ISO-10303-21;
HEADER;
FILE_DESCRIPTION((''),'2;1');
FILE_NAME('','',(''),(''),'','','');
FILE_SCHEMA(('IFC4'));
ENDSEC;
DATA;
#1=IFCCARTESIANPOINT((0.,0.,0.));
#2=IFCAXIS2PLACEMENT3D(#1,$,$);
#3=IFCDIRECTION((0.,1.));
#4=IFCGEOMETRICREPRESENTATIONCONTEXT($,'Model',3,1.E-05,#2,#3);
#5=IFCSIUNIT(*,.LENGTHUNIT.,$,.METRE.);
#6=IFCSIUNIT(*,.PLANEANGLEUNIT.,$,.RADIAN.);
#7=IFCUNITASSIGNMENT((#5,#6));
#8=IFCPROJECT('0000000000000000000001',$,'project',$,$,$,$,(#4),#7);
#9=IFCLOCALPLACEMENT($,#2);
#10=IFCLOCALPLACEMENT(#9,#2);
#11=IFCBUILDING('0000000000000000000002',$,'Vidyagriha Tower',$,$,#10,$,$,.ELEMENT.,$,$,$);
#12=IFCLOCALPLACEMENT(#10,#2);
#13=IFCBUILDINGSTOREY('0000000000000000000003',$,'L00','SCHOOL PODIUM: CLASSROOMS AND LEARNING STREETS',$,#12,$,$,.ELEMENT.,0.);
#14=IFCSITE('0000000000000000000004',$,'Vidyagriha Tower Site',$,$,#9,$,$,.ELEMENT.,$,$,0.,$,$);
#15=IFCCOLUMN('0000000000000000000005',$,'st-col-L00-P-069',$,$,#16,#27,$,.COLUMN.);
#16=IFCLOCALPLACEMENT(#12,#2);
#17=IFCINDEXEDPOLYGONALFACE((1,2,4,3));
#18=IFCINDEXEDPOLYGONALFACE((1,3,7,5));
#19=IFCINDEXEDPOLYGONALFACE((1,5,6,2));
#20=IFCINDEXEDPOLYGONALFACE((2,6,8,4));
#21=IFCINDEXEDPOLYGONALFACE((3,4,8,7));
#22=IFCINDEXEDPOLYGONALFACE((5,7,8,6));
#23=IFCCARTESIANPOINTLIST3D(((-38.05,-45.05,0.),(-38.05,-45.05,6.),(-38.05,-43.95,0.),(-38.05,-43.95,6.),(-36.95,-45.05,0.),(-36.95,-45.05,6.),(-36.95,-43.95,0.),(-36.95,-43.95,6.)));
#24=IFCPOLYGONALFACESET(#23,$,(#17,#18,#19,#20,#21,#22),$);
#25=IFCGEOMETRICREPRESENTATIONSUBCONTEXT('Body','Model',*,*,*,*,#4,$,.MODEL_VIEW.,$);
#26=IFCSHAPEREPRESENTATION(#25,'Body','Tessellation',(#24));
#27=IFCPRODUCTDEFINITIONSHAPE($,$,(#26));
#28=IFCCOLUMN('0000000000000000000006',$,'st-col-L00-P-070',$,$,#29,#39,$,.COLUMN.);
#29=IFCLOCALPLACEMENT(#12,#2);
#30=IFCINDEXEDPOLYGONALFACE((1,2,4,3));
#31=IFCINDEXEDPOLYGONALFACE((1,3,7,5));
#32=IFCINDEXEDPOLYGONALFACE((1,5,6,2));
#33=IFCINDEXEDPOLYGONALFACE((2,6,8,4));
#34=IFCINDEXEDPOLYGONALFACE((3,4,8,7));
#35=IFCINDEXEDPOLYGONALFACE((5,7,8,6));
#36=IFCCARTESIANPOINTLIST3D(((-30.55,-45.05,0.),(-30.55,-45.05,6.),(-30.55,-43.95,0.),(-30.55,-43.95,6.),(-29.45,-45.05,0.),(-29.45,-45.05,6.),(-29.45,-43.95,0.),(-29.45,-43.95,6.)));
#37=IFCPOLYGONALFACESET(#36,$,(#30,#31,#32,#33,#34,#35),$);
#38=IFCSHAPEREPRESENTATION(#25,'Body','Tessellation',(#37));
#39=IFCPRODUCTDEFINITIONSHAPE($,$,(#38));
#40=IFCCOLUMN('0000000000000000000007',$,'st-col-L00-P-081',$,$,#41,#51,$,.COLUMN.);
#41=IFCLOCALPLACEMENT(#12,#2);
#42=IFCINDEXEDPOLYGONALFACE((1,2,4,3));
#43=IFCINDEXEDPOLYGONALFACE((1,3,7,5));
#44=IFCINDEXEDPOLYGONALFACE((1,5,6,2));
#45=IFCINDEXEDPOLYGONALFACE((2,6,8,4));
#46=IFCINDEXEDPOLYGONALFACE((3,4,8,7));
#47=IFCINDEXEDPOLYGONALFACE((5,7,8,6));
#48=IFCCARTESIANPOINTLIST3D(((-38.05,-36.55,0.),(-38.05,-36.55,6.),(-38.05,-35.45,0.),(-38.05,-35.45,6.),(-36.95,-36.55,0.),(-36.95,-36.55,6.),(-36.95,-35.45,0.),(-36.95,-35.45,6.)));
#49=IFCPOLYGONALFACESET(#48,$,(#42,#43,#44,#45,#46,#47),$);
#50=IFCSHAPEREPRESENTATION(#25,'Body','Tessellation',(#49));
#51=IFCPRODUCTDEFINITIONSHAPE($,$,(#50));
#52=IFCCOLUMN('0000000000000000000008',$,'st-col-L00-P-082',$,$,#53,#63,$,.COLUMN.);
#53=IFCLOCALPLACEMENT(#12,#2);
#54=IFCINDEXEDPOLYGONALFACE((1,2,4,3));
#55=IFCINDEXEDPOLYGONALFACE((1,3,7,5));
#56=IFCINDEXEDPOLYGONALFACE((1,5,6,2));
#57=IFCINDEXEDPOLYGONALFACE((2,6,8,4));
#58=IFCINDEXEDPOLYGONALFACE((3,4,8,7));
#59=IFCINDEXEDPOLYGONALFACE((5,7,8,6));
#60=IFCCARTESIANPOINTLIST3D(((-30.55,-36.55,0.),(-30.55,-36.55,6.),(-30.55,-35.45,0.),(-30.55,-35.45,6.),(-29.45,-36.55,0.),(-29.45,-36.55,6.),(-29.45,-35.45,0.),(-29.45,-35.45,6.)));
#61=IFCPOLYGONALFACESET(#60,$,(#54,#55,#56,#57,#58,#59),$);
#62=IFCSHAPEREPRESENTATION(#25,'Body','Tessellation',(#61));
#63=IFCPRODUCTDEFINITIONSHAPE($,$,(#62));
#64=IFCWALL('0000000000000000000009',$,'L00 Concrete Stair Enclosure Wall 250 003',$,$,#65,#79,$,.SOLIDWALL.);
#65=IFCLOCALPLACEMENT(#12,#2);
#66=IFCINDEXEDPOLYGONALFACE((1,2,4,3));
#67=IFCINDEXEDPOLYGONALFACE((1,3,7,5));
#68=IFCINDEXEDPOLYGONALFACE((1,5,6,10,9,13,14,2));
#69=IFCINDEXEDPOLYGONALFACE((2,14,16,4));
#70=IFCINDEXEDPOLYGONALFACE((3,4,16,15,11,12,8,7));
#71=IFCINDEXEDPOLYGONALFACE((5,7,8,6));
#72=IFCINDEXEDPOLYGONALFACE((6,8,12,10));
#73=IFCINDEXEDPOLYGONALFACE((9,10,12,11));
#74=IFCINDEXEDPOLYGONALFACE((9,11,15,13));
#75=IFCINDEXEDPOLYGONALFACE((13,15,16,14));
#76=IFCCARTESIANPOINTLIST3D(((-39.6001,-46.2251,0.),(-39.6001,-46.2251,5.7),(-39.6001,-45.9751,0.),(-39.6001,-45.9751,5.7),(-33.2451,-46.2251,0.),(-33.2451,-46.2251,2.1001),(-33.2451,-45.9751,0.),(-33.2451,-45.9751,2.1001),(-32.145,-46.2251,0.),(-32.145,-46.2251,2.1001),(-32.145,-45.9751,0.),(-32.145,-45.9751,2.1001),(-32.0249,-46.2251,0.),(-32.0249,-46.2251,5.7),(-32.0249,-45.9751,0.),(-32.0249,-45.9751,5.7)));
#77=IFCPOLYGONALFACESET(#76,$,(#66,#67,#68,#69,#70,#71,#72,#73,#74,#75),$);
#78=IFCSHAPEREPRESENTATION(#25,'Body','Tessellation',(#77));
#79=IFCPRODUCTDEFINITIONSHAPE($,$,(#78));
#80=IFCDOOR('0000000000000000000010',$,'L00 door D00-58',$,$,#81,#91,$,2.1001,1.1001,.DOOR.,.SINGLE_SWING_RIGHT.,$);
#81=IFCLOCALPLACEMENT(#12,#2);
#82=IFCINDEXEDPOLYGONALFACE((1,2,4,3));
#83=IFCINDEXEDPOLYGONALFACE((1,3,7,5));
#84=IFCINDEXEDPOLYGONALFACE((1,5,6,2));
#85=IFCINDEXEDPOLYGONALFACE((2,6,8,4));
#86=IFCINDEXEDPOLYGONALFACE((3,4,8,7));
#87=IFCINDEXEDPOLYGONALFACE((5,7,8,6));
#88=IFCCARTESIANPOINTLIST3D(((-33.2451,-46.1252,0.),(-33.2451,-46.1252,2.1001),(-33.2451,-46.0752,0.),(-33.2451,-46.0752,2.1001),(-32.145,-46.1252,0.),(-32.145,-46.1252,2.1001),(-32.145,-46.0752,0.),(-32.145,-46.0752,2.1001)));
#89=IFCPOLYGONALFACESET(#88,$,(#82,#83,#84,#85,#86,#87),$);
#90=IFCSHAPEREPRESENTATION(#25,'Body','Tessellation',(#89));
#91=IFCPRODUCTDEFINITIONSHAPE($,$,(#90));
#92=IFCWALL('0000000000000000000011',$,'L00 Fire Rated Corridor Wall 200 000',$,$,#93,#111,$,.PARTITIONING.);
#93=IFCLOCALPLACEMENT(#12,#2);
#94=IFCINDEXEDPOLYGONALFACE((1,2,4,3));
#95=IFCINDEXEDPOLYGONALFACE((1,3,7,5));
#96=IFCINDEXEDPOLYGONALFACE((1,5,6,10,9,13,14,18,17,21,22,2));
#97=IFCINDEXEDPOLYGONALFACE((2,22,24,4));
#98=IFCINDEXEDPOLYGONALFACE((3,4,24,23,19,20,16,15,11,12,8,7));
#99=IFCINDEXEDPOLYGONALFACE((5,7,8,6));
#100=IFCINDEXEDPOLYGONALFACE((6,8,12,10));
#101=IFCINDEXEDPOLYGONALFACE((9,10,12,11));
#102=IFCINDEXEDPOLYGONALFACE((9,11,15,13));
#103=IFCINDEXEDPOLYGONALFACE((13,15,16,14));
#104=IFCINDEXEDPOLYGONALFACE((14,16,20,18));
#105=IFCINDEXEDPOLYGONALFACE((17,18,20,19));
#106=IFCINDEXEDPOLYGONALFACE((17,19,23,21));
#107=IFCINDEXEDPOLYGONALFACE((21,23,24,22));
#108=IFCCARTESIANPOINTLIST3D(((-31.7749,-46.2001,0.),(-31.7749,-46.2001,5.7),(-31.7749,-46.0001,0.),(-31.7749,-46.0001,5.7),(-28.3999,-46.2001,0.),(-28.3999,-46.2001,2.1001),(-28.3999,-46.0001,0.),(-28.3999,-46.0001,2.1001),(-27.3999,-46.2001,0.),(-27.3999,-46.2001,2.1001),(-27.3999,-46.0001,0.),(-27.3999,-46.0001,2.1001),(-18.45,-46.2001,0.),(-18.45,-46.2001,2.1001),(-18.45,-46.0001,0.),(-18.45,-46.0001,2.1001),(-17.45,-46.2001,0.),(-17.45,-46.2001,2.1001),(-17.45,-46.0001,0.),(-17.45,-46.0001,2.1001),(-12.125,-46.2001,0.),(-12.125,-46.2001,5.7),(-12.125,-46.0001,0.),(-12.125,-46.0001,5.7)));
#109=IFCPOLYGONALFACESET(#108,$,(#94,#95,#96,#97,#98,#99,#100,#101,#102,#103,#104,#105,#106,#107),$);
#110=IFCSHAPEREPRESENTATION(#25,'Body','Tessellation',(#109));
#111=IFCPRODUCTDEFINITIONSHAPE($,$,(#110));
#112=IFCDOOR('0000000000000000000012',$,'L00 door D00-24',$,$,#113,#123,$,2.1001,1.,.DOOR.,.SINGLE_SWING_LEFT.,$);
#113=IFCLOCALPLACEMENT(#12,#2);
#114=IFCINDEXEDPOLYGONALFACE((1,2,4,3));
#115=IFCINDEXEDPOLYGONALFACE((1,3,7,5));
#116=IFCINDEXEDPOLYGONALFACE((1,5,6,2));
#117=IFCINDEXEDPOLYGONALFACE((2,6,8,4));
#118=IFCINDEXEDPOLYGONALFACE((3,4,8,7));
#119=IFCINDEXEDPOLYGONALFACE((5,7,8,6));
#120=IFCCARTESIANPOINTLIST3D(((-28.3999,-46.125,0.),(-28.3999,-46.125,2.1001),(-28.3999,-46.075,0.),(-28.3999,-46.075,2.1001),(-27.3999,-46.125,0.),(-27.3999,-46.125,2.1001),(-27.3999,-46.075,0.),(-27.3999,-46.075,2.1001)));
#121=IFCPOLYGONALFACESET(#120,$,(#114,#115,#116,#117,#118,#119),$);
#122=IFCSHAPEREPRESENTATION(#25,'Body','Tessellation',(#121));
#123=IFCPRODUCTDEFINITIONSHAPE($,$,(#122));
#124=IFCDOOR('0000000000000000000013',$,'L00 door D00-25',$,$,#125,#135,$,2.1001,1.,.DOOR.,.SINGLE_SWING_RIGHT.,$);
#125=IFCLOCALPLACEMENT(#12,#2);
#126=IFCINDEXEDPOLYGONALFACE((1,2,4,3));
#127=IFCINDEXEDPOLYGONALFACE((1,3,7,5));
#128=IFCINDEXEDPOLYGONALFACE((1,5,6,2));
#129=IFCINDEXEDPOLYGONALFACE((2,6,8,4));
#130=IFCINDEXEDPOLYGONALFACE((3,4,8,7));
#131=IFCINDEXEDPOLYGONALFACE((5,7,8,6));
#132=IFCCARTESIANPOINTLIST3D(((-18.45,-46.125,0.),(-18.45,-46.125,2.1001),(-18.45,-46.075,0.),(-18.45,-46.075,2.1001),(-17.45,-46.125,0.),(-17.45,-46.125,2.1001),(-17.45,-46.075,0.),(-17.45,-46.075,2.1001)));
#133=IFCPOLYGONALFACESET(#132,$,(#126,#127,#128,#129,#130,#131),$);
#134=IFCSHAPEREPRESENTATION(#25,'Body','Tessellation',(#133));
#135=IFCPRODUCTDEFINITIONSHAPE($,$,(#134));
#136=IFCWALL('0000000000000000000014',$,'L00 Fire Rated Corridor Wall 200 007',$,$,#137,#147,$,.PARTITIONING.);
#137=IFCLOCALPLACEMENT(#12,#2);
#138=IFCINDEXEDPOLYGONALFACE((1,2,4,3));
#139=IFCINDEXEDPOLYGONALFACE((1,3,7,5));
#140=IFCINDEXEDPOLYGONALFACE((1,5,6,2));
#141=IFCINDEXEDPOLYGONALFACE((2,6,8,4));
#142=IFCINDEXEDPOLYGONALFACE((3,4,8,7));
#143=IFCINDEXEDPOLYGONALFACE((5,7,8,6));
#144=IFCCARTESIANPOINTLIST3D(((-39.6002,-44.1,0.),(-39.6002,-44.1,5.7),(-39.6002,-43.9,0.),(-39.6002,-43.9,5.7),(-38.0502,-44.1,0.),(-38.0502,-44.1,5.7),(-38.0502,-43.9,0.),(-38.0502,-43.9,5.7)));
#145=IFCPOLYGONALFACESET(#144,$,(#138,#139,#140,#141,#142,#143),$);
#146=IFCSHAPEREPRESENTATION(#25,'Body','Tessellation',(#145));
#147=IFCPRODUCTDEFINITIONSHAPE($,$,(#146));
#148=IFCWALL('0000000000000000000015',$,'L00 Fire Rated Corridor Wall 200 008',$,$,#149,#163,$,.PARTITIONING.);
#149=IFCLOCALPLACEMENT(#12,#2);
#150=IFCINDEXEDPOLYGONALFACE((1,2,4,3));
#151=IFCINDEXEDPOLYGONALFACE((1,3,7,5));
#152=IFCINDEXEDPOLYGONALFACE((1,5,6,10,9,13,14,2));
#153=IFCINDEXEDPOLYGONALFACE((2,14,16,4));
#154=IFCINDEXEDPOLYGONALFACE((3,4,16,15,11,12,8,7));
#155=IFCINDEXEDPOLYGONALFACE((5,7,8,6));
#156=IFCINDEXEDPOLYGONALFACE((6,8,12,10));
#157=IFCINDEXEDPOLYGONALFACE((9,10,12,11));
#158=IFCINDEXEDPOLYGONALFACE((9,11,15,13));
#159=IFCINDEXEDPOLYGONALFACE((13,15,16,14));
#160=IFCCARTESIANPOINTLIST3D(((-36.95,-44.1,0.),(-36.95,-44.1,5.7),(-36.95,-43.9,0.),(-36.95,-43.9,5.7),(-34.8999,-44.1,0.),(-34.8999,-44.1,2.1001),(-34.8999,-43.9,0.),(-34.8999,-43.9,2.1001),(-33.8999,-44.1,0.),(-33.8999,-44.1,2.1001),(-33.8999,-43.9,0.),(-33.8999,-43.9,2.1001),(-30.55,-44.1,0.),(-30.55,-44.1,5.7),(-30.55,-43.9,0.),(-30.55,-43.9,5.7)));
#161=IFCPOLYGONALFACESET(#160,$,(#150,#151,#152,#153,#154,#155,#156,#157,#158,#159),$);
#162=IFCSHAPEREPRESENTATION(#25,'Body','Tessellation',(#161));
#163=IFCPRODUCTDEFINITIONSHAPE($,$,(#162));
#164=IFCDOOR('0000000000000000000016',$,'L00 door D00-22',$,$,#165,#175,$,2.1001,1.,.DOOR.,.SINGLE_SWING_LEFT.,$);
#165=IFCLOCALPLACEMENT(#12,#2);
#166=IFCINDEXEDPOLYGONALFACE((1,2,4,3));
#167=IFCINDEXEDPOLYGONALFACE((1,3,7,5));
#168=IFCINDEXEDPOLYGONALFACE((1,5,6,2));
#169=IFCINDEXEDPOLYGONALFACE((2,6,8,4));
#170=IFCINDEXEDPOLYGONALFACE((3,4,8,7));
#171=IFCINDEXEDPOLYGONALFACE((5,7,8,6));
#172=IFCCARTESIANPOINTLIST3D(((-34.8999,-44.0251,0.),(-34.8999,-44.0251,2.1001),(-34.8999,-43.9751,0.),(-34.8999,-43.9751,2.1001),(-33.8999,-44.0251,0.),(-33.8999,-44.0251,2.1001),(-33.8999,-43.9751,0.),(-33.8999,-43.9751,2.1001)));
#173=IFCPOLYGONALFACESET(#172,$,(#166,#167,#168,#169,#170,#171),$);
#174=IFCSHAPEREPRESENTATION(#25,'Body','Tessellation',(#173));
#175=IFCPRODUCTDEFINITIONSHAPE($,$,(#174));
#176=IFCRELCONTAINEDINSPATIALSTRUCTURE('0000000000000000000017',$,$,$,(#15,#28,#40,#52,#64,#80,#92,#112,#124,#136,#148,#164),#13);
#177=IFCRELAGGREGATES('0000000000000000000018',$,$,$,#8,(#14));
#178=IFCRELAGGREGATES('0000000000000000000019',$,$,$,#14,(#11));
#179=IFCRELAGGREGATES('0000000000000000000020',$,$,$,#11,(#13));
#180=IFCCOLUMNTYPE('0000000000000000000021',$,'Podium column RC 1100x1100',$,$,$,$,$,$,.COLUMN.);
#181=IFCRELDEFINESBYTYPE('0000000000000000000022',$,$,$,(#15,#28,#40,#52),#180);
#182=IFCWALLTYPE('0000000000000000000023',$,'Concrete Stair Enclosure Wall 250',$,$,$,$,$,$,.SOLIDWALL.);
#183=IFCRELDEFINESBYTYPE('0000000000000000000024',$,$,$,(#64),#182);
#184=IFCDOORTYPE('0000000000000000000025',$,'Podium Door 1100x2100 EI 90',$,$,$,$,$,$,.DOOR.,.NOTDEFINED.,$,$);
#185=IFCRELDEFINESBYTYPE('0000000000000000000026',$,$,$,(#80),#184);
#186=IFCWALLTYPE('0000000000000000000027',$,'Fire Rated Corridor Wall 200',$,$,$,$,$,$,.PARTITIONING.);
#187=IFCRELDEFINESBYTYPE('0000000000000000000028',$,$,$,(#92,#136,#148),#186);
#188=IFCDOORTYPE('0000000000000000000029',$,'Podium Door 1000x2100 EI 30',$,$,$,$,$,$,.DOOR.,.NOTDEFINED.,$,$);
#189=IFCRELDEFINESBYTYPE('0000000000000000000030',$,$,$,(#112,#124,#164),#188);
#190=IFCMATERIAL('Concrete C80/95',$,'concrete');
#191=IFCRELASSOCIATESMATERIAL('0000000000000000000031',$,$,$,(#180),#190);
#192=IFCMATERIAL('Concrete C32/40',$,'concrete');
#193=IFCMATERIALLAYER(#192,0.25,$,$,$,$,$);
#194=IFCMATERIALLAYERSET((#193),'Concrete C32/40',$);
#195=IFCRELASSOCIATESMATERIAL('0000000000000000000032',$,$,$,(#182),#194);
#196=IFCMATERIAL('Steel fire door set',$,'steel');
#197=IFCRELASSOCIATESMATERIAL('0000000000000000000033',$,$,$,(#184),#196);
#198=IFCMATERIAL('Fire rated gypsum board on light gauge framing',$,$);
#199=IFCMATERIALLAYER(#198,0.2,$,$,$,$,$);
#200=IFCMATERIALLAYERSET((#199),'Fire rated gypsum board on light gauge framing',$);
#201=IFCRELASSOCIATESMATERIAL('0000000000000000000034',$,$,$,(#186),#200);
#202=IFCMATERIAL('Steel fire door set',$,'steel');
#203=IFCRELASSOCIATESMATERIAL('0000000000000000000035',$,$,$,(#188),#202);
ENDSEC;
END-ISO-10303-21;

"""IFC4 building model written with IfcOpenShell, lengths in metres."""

from ifc_helpers import new_model, si_unit, direction, frame, frame_2d, origin, origin_2d, place, context, subcontext, project, spatial, rectangle, extrude, material, layer, layer_set, material_profile, profile_set, type_object, element, fill, save


model = new_model("IFC4")

# Units and contexts
model_context = context("Model", 3, precision=1e-05, world=origin(), true_north=direction((0.0, 1.0)))
body_context = subcontext(model_context, "Body", "Model", "MODEL_VIEW")
ifc_project = project(units=[si_unit("LENGTHUNIT", "METRE"), si_unit("PLANEANGLEUNIT", "RADIAN")], contexts=[model_context])

# Site, building, storey
site_placement = place(None, origin())
site = spatial("IfcSite", under=ifc_project, at=site_placement, Name="Vidyagriha Tower Site", CompositionType="ELEMENT", RefElevation=0.0)
building_placement = place(site_placement, origin())
building = spatial("IfcBuilding", under=site, at=building_placement, Name="Vidyagriha Tower", CompositionType="ELEMENT")
storey_placement = place(building_placement, origin())
storey = spatial("IfcBuildingStorey", under=building, at=storey_placement, Name="L00", Description="SCHOOL PODIUM: CLASSROOMS AND LEARNING STREETS", CompositionType="ELEMENT", Elevation=0.0)

# Columns
ifc_material_1 = material(Name="Concrete C80/95", Category="concrete")
ifc_material_profile = material_profile(ifc_material_1, rectangle(XDim=1.1001, YDim=1.1001, at=origin_2d()), Name="RC 1100x1100")
ifc_profile_set = profile_set([ifc_material_profile], Name="Concrete C80/95")
column_type = type_object("IfcColumnType", Name="Podium column RC 1100x1100", PredefinedType="COLUMN", material=ifc_profile_set)
for number, where, name in (
    (1, (-37.5, -44.5, 0.0), "st-col-L00-P-069"),
    (2, (-30.0, -44.5, 0.0), "st-col-L00-P-070"),
    (3, (-37.5, -36.0, 0.0), "st-col-L00-P-081"),
    (4, (-30.0, -36.0, 0.0), "st-col-L00-P-082"),
):
    element("IfcColumn", number, at=place(storey_placement, frame(where)), inside=storey, type_object=column_type, Name=name, PredefinedType="COLUMN", context=body_context, shape_type="SweptSolid", body=[
        extrude(rectangle(XDim=1.1001, YDim=1.1001, at=origin_2d()), origin(), (0.0, 0.0, 1.0), 6.0),
    ])

# Wall, opening, door
ifc_material_2 = material(Name="Concrete C32/40", Category="concrete")
ifc_layer_1 = layer(ifc_material_2, 0.25)
ifc_layer_set_1 = layer_set([ifc_layer_1], Name="Concrete C32/40")
wall_type_1 = type_object("IfcWallType", Name="Concrete Stair Enclosure Wall 250", PredefinedType="SOLIDWALL", material=ifc_layer_set_1)
wall_1_placement = place(storey_placement, frame((-39.6001, -46.1001, 0.0)))
wall_1 = element("IfcWall", 5, at=wall_1_placement, inside=storey, type_object=wall_type_1, Name="L00 Concrete Stair Enclosure Wall 250 003", PredefinedType="SOLIDWALL", context=body_context, shape_type="SweptSolid", body=[
    extrude(rectangle(XDim=7.5752, YDim=0.25, at=frame_2d((3.7876, 0.0))), origin(), (0.0, 0.0, 1.0), 5.7),
])
opening_1_placement = place(wall_1_placement, frame((6.355, 0.0, 0.0)))
opening_1 = element("IfcOpeningElement", 6, at=opening_1_placement, cuts=wall_1, PredefinedType="OPENING", context=body_context, shape_type="SweptSolid", body=[
    extrude(rectangle(XDim=1.1001, YDim=2.1001, at=frame_2d((0.55, 1.05))), frame((0.0, 0.135, 0.0), z_axis=(0.0, -1.0, 0.0), x_axis=(1.0, 0.0, 0.0)), (0.0, 0.0, 1.0), 0.27),
])
ifc_material_3 = material(Name="Steel fire door set", Category="steel")
door_type_1 = type_object("IfcDoorType", Name="Podium Door 1100x2100 EI 90", OperationType="NOTDEFINED", PredefinedType="DOOR", material=ifc_material_3)
door_1_placement = place(opening_1_placement, origin())
door_1 = element("IfcDoor", 7, at=door_1_placement, inside=storey, type_object=door_type_1, Name="L00 door D00-58", OperationType="SINGLE_SWING_RIGHT", OverallHeight=2.1001, OverallWidth=1.1001, PredefinedType="DOOR", context=body_context, shape_type="SweptSolid", body=[
    extrude(rectangle(XDim=1.1001, YDim=2.1001, at=frame_2d((0.55, 1.05))), frame((0.0, 0.0249, 0.0), z_axis=(0.0, -1.0, 0.0), x_axis=(1.0, 0.0, 0.0)), (0.0, 0.0, 1.0), 0.05),
])
fill(opening_1, door_1)

# Wall, openings, doors
ifc_material_4 = material(Name="Fire rated gypsum board on light gauge framing")
ifc_layer_2 = layer(ifc_material_4, 0.2)
ifc_layer_set_2 = layer_set([ifc_layer_2], Name="Fire rated gypsum board on light gauge framing")
wall_type_2 = type_object("IfcWallType", Name="Fire Rated Corridor Wall 200", PredefinedType="PARTITIONING", material=ifc_layer_set_2)
wall_2_placement = place(storey_placement, frame((-31.7749, -46.1001, 0.0)))
wall_2 = element("IfcWall", 8, at=wall_2_placement, inside=storey, type_object=wall_type_2, Name="L00 Fire Rated Corridor Wall 200 000", PredefinedType="PARTITIONING", context=body_context, shape_type="SweptSolid", body=[
    extrude(rectangle(XDim=19.6499, YDim=0.2, at=frame_2d((9.825, 0.0))), origin(), (0.0, 0.0, 1.0), 5.7),
])
opening_2_placement = place(wall_2_placement, frame((3.375, 0.0, 0.0)))
opening_2 = element("IfcOpeningElement", 9, at=opening_2_placement, cuts=wall_2, PredefinedType="OPENING", context=body_context, shape_type="SweptSolid", body=[
    extrude(rectangle(XDim=1.0, YDim=2.1001, at=frame_2d((0.5, 1.05))), frame((0.0, 0.1099, 0.0), z_axis=(0.0, -1.0, 0.0), x_axis=(1.0, 0.0, 0.0)), (0.0, 0.0, 1.0), 0.22),
])
opening_3_placement = place(wall_2_placement, frame((13.325, 0.0, 0.0)))
opening_3 = element("IfcOpeningElement", 10, at=opening_3_placement, cuts=wall_2, PredefinedType="OPENING", context=body_context, shape_type="SweptSolid", body=[
    extrude(rectangle(XDim=1.0, YDim=2.1001, at=frame_2d((0.5, 1.05))), frame((0.0, 0.1099, 0.0), z_axis=(0.0, -1.0, 0.0), x_axis=(1.0, 0.0, 0.0)), (0.0, 0.0, 1.0), 0.22),
])
ifc_material_5 = material(Name="Steel fire door set", Category="steel")
door_type_2 = type_object("IfcDoorType", Name="Podium Door 1000x2100 EI 30", OperationType="NOTDEFINED", PredefinedType="DOOR", material=ifc_material_5)
door_2_placement = place(opening_2_placement, frame((1.0, 0.0, 0.0), z_axis=(0.0, 0.0, 1.0), x_axis=(-1.0, 0.0, 0.0)))
door_2 = element("IfcDoor", 11, at=door_2_placement, inside=storey, type_object=door_type_2, Name="L00 door D00-24", OperationType="SINGLE_SWING_LEFT", OverallHeight=2.1001, OverallWidth=1.0, PredefinedType="DOOR", context=body_context, shape_type="SweptSolid", body=[
    extrude(rectangle(XDim=1.0, YDim=2.1001, at=frame_2d((0.5, 1.05))), frame((0.0, 0.0249, 0.0), z_axis=(0.0, -1.0, 0.0), x_axis=(1.0, 0.0, 0.0)), (0.0, 0.0, 1.0), 0.05),
])
fill(opening_2, door_2)
door_3_placement = place(opening_3_placement, frame((1.0, 0.0, 0.0), z_axis=(0.0, 0.0, 1.0), x_axis=(-1.0, 0.0, 0.0)))
door_3 = element("IfcDoor", 12, at=door_3_placement, inside=storey, type_object=door_type_2, Name="L00 door D00-25", OperationType="SINGLE_SWING_RIGHT", OverallHeight=2.1001, OverallWidth=1.0, PredefinedType="DOOR", context=body_context, shape_type="SweptSolid", body=[
    extrude(rectangle(XDim=1.0, YDim=2.1001, at=frame_2d((0.5, 1.05))), frame((0.0, 0.0249, 0.0), z_axis=(0.0, -1.0, 0.0), x_axis=(1.0, 0.0, 0.0)), (0.0, 0.0, 1.0), 0.05),
])
fill(opening_3, door_3)

# Wall
wall_3_placement = place(storey_placement, frame((-39.6001, -44.0, 0.0)))
element("IfcWall", 13, at=wall_3_placement, inside=storey, type_object=wall_type_2, Name="L00 Fire Rated Corridor Wall 200 007", PredefinedType="PARTITIONING", context=body_context, shape_type="SweptSolid", body=[
    extrude(rectangle(XDim=1.55, YDim=0.2, at=frame_2d((0.7749, 0.0))), origin(), (0.0, 0.0, 1.0), 5.7),
])

# Wall, opening, door
wall_4_placement = place(storey_placement, frame((-36.95, -44.0, 0.0)))
wall_4 = element("IfcWall", 14, at=wall_4_placement, inside=storey, type_object=wall_type_2, Name="L00 Fire Rated Corridor Wall 200 008", PredefinedType="PARTITIONING", context=body_context, shape_type="SweptSolid", body=[
    extrude(rectangle(XDim=6.3999, YDim=0.2, at=frame_2d((3.2, 0.0))), origin(), (0.0, 0.0, 1.0), 5.7),
])
opening_4_placement = place(wall_4_placement, frame((2.05, 0.0, 0.0)))
opening_4 = element("IfcOpeningElement", 15, at=opening_4_placement, cuts=wall_4, PredefinedType="OPENING", context=body_context, shape_type="SweptSolid", body=[
    extrude(rectangle(XDim=1.0, YDim=2.1001, at=frame_2d((0.5, 1.05))), frame((0.0, 0.1099, 0.0), z_axis=(0.0, -1.0, 0.0), x_axis=(1.0, 0.0, 0.0)), (0.0, 0.0, 1.0), 0.22),
])
door_4_placement = place(opening_4_placement, origin())
door_4 = element("IfcDoor", 16, at=door_4_placement, inside=storey, type_object=door_type_2, Name="L00 door D00-22", OperationType="SINGLE_SWING_LEFT", OverallHeight=2.1001, OverallWidth=1.0, PredefinedType="DOOR", context=body_context, shape_type="SweptSolid", body=[
    extrude(rectangle(XDim=1.0, YDim=2.1001, at=frame_2d((0.5, 1.05))), frame((0.0, 0.0249, 0.0), z_axis=(0.0, -1.0, 0.0), x_axis=(1.0, 0.0, 0.0)), (0.0, 0.0, 1.0), 0.05),
])
fill(opening_4, door_4)

save(model, "model.ifc")
